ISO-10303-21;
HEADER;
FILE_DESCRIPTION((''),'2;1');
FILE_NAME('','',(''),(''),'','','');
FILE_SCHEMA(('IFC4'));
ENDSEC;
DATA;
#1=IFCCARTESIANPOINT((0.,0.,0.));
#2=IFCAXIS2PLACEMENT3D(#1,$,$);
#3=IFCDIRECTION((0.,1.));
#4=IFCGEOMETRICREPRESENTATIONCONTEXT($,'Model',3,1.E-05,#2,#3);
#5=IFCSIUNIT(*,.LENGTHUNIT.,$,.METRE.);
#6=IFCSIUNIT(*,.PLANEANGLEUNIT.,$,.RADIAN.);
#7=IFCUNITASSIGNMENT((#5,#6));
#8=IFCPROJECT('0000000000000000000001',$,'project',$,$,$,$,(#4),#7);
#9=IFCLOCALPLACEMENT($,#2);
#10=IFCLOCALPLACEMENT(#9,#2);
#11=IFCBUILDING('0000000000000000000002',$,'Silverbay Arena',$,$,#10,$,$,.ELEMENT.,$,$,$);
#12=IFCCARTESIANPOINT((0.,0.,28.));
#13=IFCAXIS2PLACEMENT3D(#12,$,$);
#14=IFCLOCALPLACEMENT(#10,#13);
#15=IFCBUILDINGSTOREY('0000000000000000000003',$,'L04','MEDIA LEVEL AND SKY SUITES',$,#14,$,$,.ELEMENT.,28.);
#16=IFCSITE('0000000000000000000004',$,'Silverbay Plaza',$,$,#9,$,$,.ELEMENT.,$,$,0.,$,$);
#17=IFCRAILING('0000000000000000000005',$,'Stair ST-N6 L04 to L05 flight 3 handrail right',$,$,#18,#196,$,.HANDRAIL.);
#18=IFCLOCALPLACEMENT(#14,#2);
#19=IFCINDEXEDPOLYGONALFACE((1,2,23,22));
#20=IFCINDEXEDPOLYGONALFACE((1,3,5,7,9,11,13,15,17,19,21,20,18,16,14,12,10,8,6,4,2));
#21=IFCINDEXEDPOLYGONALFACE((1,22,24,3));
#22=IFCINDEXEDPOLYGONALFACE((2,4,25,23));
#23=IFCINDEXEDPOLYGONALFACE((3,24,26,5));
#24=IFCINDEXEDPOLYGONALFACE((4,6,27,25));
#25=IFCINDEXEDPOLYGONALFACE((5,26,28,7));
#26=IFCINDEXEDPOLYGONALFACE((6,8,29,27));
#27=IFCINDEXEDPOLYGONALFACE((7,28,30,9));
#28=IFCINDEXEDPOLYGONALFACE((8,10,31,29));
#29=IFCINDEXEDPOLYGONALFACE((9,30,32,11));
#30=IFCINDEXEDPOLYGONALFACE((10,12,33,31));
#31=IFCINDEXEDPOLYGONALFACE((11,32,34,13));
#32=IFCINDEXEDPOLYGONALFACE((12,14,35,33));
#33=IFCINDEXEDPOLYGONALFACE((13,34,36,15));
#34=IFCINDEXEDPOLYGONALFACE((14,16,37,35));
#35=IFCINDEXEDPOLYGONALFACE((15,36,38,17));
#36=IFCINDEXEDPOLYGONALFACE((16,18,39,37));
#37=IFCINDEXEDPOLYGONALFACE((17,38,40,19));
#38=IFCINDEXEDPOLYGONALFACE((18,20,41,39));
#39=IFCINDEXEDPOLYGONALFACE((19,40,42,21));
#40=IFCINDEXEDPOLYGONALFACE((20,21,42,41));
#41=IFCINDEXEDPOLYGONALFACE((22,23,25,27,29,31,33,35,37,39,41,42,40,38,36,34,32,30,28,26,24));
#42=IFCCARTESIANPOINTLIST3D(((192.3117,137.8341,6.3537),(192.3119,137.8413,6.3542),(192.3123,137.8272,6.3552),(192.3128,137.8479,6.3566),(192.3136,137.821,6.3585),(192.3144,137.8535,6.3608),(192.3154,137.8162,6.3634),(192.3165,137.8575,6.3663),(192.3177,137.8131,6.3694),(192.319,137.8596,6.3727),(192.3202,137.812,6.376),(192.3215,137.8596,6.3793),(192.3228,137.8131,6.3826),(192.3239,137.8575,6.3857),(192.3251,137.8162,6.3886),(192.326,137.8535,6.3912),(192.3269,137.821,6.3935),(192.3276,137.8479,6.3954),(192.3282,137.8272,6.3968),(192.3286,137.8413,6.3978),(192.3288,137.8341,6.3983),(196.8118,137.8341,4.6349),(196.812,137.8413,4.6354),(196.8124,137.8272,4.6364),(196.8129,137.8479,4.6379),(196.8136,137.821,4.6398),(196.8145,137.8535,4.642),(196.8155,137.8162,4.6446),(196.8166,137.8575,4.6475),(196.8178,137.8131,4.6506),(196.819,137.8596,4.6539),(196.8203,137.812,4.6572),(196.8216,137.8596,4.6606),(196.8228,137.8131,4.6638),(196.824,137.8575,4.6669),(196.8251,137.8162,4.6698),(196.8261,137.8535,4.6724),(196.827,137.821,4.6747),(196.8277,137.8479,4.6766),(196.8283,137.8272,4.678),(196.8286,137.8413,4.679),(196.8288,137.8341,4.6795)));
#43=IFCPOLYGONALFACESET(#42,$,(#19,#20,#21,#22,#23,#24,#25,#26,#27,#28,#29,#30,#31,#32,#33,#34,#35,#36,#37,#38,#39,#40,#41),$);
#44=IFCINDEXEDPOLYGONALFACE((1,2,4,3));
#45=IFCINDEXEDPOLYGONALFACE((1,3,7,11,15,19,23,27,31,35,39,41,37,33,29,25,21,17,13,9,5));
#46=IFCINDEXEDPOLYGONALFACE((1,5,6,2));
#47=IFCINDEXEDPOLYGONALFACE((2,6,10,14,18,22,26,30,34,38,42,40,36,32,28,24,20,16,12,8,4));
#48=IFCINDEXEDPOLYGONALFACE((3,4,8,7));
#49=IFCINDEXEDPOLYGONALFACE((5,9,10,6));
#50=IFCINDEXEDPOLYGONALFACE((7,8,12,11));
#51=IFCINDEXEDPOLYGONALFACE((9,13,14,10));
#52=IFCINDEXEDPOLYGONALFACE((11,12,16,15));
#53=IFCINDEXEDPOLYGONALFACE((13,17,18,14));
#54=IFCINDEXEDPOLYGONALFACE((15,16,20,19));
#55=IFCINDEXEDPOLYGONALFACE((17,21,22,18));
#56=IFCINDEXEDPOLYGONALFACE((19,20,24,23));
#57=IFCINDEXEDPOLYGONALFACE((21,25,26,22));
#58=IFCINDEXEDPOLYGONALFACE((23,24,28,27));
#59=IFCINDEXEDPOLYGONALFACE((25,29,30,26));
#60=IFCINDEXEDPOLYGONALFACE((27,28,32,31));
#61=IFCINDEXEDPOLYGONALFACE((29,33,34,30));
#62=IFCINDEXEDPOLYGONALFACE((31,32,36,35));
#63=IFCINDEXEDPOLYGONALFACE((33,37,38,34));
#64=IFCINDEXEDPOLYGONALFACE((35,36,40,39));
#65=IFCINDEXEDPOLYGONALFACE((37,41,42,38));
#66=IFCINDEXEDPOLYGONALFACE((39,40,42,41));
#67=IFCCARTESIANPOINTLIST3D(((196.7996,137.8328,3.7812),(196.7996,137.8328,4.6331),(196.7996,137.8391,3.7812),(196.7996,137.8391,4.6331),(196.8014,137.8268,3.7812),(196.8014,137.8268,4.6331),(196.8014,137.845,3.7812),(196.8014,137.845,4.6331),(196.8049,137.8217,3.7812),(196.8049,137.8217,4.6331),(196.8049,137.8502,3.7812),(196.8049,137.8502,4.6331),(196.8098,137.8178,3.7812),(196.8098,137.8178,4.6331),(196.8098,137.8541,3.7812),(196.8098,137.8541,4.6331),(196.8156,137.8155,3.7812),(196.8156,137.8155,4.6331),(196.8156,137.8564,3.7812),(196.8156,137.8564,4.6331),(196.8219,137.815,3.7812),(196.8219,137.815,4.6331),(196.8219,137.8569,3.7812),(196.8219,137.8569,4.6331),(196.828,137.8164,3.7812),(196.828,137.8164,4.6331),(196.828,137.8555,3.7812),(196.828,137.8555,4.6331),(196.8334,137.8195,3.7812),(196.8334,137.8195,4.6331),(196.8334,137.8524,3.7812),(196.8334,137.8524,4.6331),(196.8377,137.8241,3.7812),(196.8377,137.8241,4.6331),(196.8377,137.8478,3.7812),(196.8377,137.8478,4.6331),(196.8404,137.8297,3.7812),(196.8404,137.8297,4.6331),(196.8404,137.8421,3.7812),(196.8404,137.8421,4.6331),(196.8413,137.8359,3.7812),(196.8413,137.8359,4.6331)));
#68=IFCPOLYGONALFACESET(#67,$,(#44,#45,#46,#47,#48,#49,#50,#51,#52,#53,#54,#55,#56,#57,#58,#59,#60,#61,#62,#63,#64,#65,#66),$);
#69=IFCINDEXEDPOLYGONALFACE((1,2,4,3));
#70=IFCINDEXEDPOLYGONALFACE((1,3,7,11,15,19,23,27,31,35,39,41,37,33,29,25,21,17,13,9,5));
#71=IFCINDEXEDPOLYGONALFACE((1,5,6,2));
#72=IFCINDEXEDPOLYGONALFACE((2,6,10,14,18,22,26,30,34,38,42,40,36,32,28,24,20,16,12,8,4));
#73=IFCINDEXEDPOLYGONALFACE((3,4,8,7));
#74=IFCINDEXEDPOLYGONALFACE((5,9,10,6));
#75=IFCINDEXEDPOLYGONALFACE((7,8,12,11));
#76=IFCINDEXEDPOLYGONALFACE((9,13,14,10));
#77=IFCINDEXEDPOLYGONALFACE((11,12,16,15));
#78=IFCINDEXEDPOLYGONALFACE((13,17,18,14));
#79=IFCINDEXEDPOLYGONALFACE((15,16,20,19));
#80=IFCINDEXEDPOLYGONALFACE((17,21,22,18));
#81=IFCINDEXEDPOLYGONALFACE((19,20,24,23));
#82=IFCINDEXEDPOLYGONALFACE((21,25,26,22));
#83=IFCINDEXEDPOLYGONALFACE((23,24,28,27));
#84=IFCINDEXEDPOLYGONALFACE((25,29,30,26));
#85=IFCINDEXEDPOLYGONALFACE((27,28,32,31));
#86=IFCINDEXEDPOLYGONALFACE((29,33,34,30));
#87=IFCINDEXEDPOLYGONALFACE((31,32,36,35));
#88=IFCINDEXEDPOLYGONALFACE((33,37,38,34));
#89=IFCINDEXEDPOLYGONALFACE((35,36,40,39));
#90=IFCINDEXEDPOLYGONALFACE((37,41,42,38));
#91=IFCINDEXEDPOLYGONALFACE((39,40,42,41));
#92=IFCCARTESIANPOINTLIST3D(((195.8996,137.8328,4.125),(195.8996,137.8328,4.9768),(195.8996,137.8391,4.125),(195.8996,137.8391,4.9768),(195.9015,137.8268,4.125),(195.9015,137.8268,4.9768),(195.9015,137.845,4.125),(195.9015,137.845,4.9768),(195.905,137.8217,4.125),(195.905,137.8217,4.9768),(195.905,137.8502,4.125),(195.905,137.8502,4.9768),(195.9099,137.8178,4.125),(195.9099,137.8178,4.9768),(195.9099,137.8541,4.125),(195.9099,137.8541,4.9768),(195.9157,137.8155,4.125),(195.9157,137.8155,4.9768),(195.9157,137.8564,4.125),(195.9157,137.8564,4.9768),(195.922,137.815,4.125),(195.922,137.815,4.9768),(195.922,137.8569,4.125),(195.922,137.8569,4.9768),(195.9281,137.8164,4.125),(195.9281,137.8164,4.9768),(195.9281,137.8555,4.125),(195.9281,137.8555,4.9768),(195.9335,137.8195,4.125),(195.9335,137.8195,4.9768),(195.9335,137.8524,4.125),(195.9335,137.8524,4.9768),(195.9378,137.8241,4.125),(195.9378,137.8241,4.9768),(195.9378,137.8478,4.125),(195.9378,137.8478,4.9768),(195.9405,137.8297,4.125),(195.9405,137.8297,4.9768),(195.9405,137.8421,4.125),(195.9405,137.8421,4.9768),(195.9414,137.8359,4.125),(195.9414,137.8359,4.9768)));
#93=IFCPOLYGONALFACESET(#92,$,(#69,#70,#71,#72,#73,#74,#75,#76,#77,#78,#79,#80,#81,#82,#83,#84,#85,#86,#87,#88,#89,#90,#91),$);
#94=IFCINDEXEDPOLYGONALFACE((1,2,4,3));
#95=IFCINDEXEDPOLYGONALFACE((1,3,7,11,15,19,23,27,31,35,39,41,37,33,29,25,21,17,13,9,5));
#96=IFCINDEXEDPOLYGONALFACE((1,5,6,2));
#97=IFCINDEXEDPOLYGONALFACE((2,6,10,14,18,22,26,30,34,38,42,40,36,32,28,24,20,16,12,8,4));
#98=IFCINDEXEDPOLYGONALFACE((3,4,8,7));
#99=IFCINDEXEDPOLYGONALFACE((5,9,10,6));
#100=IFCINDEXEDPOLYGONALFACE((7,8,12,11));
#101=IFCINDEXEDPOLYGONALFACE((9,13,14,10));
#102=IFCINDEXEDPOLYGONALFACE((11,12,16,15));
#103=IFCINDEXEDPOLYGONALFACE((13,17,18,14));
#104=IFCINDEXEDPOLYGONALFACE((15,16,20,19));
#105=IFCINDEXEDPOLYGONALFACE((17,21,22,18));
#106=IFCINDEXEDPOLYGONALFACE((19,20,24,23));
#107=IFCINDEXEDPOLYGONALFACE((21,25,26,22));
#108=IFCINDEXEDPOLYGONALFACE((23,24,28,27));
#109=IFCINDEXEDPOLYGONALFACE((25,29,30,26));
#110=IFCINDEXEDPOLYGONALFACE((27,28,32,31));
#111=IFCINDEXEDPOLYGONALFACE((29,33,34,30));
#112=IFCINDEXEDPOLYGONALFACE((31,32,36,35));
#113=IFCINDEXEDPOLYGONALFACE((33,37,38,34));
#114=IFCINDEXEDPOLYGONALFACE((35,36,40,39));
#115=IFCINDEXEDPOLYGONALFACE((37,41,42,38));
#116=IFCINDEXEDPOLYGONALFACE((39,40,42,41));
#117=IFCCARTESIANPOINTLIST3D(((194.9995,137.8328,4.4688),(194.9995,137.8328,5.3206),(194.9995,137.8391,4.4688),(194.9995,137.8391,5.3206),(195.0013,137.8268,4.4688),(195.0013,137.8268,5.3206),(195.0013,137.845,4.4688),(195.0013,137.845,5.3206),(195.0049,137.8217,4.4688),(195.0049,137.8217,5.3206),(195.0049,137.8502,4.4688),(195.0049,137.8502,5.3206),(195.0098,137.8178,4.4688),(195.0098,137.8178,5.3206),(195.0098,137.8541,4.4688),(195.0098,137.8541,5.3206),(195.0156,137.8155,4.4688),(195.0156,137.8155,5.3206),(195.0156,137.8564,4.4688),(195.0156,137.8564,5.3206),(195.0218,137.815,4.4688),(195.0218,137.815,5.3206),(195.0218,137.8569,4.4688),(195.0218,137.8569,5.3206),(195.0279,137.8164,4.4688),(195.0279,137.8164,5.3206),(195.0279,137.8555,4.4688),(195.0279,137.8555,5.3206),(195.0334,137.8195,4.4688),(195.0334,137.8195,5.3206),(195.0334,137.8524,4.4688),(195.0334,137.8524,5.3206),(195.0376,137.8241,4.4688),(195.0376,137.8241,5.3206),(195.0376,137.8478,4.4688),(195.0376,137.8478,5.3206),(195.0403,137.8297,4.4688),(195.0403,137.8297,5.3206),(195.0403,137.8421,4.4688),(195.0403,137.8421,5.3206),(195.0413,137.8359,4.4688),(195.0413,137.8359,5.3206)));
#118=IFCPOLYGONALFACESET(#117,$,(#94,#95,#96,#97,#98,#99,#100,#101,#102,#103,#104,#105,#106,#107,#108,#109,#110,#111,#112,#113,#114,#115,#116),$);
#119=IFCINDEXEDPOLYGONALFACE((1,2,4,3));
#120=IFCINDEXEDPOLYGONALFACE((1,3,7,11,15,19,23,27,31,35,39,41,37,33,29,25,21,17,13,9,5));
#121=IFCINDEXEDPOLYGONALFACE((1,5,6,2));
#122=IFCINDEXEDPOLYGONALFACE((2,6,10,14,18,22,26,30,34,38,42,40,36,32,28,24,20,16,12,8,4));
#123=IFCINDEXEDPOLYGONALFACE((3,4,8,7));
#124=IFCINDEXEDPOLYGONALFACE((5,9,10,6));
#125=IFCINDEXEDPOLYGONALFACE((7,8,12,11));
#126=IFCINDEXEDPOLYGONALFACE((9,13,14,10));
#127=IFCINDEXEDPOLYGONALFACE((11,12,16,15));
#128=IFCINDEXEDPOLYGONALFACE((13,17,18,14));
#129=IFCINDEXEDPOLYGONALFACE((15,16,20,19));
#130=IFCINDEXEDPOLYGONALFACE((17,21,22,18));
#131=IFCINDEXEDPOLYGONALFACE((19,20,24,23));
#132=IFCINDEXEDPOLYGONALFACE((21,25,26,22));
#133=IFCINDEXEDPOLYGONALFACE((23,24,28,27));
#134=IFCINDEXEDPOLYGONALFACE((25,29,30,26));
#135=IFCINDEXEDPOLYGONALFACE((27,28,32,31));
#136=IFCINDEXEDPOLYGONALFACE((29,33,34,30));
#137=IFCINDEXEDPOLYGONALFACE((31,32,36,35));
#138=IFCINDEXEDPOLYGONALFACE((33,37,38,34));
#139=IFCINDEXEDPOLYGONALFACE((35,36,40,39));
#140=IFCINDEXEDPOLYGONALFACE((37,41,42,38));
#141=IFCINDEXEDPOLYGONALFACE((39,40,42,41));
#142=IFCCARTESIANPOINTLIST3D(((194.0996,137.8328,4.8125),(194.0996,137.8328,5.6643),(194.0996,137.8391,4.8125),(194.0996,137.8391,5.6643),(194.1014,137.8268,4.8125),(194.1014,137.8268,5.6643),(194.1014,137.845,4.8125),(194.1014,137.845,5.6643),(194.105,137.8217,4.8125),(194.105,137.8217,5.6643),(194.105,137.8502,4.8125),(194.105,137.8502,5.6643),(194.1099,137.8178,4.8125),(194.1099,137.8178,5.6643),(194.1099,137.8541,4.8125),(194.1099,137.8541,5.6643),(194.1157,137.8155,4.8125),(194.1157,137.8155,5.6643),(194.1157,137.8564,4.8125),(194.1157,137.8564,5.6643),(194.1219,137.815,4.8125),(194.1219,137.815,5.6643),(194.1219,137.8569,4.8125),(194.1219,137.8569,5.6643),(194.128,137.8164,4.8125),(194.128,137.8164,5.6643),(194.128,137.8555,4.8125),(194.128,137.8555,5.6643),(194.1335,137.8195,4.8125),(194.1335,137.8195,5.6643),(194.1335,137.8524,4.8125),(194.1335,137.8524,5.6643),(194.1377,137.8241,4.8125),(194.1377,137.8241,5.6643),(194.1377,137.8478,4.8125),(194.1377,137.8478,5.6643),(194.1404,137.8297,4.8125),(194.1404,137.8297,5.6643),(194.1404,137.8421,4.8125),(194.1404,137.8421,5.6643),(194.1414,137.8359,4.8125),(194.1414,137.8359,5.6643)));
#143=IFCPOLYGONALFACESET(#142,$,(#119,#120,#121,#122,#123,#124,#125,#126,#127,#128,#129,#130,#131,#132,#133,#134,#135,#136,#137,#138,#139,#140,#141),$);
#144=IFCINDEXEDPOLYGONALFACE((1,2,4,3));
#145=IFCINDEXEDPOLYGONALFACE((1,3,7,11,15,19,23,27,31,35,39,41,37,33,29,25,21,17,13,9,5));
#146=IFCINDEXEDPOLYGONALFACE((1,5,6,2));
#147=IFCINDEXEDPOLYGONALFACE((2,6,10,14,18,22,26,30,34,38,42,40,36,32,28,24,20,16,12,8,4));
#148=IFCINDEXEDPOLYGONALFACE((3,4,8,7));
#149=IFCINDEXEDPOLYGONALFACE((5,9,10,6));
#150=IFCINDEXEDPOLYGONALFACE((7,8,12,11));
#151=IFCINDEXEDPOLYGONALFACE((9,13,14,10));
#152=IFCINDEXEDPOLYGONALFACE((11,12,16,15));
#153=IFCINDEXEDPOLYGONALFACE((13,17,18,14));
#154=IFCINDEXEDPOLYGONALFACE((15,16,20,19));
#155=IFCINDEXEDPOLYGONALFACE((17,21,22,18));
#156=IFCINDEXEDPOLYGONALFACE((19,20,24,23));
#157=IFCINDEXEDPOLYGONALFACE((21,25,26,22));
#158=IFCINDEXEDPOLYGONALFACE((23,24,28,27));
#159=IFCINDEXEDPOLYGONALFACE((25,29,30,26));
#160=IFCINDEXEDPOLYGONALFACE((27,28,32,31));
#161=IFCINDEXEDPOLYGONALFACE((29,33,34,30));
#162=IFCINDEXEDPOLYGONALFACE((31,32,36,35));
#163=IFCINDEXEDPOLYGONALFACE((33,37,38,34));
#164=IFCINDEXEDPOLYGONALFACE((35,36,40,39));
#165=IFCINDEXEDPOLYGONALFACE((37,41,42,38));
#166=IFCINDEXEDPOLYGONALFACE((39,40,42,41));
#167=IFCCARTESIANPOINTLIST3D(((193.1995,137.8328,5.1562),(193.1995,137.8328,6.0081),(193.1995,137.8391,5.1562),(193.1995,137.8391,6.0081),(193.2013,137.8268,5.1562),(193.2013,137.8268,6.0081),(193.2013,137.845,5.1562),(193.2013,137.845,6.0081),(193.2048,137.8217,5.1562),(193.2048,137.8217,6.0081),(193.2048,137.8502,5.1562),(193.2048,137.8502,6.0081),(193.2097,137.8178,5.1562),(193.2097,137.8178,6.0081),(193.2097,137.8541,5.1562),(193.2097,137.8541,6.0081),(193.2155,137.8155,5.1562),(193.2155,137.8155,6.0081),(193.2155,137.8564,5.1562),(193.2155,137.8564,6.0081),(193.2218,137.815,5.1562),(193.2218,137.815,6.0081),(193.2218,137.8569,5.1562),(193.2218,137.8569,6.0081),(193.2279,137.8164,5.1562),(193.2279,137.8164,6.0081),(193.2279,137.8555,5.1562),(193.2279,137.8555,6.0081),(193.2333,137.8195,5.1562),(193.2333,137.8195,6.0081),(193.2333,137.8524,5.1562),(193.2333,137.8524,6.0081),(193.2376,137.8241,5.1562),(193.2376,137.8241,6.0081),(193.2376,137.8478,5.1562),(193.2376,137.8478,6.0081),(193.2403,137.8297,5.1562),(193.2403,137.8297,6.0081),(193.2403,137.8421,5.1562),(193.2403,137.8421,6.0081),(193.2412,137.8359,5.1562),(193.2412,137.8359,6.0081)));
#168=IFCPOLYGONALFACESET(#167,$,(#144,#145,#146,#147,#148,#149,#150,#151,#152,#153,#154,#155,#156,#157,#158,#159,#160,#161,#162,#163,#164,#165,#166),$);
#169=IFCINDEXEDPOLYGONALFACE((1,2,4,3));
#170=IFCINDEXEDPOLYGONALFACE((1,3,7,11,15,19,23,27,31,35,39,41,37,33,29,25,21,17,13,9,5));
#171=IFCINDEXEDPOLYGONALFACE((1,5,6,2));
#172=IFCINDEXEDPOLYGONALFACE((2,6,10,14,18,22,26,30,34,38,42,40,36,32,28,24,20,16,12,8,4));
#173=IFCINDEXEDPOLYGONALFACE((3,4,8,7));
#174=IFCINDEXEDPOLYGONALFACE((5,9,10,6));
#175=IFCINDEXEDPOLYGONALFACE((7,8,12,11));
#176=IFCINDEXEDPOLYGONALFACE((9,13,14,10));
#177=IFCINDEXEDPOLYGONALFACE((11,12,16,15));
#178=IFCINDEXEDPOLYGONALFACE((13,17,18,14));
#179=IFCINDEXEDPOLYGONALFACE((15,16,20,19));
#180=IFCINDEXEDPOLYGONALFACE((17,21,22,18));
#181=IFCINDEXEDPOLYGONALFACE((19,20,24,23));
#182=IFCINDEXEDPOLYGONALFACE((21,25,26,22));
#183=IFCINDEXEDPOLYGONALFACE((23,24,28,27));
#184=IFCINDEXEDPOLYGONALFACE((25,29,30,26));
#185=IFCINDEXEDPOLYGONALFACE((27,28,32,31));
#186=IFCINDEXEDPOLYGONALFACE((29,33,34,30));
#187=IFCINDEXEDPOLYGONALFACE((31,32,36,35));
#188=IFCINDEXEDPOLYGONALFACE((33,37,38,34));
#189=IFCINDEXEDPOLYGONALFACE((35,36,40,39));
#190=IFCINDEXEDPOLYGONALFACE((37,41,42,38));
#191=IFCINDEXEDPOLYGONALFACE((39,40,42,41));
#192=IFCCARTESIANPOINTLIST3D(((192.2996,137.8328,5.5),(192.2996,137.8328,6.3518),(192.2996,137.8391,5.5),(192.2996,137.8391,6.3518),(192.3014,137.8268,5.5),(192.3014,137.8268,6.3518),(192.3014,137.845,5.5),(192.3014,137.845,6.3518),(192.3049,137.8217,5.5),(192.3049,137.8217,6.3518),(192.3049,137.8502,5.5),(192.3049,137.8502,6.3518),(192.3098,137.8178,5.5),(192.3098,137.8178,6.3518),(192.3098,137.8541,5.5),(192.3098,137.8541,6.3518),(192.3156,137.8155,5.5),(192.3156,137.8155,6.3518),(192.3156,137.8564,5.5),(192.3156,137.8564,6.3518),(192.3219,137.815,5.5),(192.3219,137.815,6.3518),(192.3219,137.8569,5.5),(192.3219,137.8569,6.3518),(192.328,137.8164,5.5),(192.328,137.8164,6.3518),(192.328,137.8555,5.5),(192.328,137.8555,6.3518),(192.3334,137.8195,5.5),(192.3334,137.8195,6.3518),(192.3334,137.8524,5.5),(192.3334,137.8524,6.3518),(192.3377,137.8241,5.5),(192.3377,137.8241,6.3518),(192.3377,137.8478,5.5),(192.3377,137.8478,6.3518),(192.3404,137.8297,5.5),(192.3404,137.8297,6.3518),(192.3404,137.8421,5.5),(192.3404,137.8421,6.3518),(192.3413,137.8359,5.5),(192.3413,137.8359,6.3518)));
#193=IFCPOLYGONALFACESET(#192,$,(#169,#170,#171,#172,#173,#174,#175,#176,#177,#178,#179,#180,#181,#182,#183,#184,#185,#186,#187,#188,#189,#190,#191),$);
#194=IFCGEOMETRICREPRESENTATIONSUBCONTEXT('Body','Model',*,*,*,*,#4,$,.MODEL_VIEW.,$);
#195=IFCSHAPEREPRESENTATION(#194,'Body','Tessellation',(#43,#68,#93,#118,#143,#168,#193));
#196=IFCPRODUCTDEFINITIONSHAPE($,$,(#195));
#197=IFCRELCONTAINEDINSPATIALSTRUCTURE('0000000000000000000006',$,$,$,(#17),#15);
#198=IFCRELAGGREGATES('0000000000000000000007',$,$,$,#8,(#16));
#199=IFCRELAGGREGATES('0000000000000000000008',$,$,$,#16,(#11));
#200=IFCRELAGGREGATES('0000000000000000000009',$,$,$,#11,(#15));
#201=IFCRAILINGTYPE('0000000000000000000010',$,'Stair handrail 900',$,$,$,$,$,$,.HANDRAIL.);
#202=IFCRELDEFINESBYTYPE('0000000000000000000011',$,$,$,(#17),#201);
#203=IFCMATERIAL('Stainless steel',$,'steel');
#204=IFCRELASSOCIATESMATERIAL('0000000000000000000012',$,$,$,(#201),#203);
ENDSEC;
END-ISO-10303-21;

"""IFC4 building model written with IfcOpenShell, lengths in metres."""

from ifc_helpers import new_model, si_unit, direction, frame, origin, origin_2d, place, context, subcontext, project, spatial, circle, extrude, material, type_object, element, save


model = new_model("IFC4")

# Units and contexts
model_context = context("Model", 3, precision=1e-05, world=origin(), true_north=direction((0.0, 1.0)))
body_context = subcontext(model_context, "Body", "Model", "MODEL_VIEW")
ifc_project = project(units=[si_unit("LENGTHUNIT", "METRE"), si_unit("PLANEANGLEUNIT", "RADIAN")], contexts=[model_context])

# Site, building, storey
site_placement = place(None, origin())
site = spatial("IfcSite", under=ifc_project, at=site_placement, Name="Silverbay Plaza", CompositionType="ELEMENT", RefElevation=0.0)
building_placement = place(site_placement, origin())
building = spatial("IfcBuilding", under=site, at=building_placement, Name="Silverbay Arena", CompositionType="ELEMENT")
storey_placement = place(building_placement, frame((0.0, 0.0, 28.0)))
storey = spatial("IfcBuildingStorey", under=building, at=storey_placement, Name="L04", Description="MEDIA LEVEL AND SKY SUITES", CompositionType="ELEMENT", Elevation=28.0)

# Railing
ifc_material_1 = material(Name="Stainless steel", Category="steel")
railing_type_1 = type_object("IfcRailingType", Name="Stair handrail 900", PredefinedType="HANDRAIL", material=ifc_material_1)
railing_1_placement = place(storey_placement, frame((196.8203, 137.8359, 3.7812)))
element("IfcRailing", 1, at=railing_1_placement, inside=storey, type_object=railing_type_1, Name="Stair ST-N6 L04 to L05 flight 3 handrail right", PredefinedType="HANDRAIL", context=body_context, shape_type="SweptSolid", body=[
    extrude(circle(Radius=0.0239, at=origin_2d()), frame((0.0, 0.0, 0.876), z_axis=(-0.934179, 0.0, 0.356805), x_axis=(0.0, -1.0, 0.0)), (0.0, 0.0, 1.0), 4.8171),
    extrude(circle(Radius=0.021, at=origin_2d()), origin(), (0.0, 0.0, 1.0), 0.8518),
    extrude(circle(Radius=0.021, at=origin_2d()), frame((-0.8999, 0.0, 0.3438)), (0.0, 0.0, 1.0), 0.8518),
    extrude(circle(Radius=0.021, at=origin_2d()), frame((-1.8, 0.0, 0.6875)), (0.0, 0.0, 1.0), 0.8518),
    extrude(circle(Radius=0.021, at=origin_2d()), frame((-2.7, 0.0, 1.0312)), (0.0, 0.0, 1.0), 0.8518),
    extrude(circle(Radius=0.021, at=origin_2d()), frame((-3.6001, 0.0, 1.375)), (0.0, 0.0, 1.0), 0.8518),
    extrude(circle(Radius=0.021, at=origin_2d()), frame((-4.5, 0.0, 1.7188)), (0.0, 0.0, 1.0), 0.8518),
])

save(model, "model.ifc")
